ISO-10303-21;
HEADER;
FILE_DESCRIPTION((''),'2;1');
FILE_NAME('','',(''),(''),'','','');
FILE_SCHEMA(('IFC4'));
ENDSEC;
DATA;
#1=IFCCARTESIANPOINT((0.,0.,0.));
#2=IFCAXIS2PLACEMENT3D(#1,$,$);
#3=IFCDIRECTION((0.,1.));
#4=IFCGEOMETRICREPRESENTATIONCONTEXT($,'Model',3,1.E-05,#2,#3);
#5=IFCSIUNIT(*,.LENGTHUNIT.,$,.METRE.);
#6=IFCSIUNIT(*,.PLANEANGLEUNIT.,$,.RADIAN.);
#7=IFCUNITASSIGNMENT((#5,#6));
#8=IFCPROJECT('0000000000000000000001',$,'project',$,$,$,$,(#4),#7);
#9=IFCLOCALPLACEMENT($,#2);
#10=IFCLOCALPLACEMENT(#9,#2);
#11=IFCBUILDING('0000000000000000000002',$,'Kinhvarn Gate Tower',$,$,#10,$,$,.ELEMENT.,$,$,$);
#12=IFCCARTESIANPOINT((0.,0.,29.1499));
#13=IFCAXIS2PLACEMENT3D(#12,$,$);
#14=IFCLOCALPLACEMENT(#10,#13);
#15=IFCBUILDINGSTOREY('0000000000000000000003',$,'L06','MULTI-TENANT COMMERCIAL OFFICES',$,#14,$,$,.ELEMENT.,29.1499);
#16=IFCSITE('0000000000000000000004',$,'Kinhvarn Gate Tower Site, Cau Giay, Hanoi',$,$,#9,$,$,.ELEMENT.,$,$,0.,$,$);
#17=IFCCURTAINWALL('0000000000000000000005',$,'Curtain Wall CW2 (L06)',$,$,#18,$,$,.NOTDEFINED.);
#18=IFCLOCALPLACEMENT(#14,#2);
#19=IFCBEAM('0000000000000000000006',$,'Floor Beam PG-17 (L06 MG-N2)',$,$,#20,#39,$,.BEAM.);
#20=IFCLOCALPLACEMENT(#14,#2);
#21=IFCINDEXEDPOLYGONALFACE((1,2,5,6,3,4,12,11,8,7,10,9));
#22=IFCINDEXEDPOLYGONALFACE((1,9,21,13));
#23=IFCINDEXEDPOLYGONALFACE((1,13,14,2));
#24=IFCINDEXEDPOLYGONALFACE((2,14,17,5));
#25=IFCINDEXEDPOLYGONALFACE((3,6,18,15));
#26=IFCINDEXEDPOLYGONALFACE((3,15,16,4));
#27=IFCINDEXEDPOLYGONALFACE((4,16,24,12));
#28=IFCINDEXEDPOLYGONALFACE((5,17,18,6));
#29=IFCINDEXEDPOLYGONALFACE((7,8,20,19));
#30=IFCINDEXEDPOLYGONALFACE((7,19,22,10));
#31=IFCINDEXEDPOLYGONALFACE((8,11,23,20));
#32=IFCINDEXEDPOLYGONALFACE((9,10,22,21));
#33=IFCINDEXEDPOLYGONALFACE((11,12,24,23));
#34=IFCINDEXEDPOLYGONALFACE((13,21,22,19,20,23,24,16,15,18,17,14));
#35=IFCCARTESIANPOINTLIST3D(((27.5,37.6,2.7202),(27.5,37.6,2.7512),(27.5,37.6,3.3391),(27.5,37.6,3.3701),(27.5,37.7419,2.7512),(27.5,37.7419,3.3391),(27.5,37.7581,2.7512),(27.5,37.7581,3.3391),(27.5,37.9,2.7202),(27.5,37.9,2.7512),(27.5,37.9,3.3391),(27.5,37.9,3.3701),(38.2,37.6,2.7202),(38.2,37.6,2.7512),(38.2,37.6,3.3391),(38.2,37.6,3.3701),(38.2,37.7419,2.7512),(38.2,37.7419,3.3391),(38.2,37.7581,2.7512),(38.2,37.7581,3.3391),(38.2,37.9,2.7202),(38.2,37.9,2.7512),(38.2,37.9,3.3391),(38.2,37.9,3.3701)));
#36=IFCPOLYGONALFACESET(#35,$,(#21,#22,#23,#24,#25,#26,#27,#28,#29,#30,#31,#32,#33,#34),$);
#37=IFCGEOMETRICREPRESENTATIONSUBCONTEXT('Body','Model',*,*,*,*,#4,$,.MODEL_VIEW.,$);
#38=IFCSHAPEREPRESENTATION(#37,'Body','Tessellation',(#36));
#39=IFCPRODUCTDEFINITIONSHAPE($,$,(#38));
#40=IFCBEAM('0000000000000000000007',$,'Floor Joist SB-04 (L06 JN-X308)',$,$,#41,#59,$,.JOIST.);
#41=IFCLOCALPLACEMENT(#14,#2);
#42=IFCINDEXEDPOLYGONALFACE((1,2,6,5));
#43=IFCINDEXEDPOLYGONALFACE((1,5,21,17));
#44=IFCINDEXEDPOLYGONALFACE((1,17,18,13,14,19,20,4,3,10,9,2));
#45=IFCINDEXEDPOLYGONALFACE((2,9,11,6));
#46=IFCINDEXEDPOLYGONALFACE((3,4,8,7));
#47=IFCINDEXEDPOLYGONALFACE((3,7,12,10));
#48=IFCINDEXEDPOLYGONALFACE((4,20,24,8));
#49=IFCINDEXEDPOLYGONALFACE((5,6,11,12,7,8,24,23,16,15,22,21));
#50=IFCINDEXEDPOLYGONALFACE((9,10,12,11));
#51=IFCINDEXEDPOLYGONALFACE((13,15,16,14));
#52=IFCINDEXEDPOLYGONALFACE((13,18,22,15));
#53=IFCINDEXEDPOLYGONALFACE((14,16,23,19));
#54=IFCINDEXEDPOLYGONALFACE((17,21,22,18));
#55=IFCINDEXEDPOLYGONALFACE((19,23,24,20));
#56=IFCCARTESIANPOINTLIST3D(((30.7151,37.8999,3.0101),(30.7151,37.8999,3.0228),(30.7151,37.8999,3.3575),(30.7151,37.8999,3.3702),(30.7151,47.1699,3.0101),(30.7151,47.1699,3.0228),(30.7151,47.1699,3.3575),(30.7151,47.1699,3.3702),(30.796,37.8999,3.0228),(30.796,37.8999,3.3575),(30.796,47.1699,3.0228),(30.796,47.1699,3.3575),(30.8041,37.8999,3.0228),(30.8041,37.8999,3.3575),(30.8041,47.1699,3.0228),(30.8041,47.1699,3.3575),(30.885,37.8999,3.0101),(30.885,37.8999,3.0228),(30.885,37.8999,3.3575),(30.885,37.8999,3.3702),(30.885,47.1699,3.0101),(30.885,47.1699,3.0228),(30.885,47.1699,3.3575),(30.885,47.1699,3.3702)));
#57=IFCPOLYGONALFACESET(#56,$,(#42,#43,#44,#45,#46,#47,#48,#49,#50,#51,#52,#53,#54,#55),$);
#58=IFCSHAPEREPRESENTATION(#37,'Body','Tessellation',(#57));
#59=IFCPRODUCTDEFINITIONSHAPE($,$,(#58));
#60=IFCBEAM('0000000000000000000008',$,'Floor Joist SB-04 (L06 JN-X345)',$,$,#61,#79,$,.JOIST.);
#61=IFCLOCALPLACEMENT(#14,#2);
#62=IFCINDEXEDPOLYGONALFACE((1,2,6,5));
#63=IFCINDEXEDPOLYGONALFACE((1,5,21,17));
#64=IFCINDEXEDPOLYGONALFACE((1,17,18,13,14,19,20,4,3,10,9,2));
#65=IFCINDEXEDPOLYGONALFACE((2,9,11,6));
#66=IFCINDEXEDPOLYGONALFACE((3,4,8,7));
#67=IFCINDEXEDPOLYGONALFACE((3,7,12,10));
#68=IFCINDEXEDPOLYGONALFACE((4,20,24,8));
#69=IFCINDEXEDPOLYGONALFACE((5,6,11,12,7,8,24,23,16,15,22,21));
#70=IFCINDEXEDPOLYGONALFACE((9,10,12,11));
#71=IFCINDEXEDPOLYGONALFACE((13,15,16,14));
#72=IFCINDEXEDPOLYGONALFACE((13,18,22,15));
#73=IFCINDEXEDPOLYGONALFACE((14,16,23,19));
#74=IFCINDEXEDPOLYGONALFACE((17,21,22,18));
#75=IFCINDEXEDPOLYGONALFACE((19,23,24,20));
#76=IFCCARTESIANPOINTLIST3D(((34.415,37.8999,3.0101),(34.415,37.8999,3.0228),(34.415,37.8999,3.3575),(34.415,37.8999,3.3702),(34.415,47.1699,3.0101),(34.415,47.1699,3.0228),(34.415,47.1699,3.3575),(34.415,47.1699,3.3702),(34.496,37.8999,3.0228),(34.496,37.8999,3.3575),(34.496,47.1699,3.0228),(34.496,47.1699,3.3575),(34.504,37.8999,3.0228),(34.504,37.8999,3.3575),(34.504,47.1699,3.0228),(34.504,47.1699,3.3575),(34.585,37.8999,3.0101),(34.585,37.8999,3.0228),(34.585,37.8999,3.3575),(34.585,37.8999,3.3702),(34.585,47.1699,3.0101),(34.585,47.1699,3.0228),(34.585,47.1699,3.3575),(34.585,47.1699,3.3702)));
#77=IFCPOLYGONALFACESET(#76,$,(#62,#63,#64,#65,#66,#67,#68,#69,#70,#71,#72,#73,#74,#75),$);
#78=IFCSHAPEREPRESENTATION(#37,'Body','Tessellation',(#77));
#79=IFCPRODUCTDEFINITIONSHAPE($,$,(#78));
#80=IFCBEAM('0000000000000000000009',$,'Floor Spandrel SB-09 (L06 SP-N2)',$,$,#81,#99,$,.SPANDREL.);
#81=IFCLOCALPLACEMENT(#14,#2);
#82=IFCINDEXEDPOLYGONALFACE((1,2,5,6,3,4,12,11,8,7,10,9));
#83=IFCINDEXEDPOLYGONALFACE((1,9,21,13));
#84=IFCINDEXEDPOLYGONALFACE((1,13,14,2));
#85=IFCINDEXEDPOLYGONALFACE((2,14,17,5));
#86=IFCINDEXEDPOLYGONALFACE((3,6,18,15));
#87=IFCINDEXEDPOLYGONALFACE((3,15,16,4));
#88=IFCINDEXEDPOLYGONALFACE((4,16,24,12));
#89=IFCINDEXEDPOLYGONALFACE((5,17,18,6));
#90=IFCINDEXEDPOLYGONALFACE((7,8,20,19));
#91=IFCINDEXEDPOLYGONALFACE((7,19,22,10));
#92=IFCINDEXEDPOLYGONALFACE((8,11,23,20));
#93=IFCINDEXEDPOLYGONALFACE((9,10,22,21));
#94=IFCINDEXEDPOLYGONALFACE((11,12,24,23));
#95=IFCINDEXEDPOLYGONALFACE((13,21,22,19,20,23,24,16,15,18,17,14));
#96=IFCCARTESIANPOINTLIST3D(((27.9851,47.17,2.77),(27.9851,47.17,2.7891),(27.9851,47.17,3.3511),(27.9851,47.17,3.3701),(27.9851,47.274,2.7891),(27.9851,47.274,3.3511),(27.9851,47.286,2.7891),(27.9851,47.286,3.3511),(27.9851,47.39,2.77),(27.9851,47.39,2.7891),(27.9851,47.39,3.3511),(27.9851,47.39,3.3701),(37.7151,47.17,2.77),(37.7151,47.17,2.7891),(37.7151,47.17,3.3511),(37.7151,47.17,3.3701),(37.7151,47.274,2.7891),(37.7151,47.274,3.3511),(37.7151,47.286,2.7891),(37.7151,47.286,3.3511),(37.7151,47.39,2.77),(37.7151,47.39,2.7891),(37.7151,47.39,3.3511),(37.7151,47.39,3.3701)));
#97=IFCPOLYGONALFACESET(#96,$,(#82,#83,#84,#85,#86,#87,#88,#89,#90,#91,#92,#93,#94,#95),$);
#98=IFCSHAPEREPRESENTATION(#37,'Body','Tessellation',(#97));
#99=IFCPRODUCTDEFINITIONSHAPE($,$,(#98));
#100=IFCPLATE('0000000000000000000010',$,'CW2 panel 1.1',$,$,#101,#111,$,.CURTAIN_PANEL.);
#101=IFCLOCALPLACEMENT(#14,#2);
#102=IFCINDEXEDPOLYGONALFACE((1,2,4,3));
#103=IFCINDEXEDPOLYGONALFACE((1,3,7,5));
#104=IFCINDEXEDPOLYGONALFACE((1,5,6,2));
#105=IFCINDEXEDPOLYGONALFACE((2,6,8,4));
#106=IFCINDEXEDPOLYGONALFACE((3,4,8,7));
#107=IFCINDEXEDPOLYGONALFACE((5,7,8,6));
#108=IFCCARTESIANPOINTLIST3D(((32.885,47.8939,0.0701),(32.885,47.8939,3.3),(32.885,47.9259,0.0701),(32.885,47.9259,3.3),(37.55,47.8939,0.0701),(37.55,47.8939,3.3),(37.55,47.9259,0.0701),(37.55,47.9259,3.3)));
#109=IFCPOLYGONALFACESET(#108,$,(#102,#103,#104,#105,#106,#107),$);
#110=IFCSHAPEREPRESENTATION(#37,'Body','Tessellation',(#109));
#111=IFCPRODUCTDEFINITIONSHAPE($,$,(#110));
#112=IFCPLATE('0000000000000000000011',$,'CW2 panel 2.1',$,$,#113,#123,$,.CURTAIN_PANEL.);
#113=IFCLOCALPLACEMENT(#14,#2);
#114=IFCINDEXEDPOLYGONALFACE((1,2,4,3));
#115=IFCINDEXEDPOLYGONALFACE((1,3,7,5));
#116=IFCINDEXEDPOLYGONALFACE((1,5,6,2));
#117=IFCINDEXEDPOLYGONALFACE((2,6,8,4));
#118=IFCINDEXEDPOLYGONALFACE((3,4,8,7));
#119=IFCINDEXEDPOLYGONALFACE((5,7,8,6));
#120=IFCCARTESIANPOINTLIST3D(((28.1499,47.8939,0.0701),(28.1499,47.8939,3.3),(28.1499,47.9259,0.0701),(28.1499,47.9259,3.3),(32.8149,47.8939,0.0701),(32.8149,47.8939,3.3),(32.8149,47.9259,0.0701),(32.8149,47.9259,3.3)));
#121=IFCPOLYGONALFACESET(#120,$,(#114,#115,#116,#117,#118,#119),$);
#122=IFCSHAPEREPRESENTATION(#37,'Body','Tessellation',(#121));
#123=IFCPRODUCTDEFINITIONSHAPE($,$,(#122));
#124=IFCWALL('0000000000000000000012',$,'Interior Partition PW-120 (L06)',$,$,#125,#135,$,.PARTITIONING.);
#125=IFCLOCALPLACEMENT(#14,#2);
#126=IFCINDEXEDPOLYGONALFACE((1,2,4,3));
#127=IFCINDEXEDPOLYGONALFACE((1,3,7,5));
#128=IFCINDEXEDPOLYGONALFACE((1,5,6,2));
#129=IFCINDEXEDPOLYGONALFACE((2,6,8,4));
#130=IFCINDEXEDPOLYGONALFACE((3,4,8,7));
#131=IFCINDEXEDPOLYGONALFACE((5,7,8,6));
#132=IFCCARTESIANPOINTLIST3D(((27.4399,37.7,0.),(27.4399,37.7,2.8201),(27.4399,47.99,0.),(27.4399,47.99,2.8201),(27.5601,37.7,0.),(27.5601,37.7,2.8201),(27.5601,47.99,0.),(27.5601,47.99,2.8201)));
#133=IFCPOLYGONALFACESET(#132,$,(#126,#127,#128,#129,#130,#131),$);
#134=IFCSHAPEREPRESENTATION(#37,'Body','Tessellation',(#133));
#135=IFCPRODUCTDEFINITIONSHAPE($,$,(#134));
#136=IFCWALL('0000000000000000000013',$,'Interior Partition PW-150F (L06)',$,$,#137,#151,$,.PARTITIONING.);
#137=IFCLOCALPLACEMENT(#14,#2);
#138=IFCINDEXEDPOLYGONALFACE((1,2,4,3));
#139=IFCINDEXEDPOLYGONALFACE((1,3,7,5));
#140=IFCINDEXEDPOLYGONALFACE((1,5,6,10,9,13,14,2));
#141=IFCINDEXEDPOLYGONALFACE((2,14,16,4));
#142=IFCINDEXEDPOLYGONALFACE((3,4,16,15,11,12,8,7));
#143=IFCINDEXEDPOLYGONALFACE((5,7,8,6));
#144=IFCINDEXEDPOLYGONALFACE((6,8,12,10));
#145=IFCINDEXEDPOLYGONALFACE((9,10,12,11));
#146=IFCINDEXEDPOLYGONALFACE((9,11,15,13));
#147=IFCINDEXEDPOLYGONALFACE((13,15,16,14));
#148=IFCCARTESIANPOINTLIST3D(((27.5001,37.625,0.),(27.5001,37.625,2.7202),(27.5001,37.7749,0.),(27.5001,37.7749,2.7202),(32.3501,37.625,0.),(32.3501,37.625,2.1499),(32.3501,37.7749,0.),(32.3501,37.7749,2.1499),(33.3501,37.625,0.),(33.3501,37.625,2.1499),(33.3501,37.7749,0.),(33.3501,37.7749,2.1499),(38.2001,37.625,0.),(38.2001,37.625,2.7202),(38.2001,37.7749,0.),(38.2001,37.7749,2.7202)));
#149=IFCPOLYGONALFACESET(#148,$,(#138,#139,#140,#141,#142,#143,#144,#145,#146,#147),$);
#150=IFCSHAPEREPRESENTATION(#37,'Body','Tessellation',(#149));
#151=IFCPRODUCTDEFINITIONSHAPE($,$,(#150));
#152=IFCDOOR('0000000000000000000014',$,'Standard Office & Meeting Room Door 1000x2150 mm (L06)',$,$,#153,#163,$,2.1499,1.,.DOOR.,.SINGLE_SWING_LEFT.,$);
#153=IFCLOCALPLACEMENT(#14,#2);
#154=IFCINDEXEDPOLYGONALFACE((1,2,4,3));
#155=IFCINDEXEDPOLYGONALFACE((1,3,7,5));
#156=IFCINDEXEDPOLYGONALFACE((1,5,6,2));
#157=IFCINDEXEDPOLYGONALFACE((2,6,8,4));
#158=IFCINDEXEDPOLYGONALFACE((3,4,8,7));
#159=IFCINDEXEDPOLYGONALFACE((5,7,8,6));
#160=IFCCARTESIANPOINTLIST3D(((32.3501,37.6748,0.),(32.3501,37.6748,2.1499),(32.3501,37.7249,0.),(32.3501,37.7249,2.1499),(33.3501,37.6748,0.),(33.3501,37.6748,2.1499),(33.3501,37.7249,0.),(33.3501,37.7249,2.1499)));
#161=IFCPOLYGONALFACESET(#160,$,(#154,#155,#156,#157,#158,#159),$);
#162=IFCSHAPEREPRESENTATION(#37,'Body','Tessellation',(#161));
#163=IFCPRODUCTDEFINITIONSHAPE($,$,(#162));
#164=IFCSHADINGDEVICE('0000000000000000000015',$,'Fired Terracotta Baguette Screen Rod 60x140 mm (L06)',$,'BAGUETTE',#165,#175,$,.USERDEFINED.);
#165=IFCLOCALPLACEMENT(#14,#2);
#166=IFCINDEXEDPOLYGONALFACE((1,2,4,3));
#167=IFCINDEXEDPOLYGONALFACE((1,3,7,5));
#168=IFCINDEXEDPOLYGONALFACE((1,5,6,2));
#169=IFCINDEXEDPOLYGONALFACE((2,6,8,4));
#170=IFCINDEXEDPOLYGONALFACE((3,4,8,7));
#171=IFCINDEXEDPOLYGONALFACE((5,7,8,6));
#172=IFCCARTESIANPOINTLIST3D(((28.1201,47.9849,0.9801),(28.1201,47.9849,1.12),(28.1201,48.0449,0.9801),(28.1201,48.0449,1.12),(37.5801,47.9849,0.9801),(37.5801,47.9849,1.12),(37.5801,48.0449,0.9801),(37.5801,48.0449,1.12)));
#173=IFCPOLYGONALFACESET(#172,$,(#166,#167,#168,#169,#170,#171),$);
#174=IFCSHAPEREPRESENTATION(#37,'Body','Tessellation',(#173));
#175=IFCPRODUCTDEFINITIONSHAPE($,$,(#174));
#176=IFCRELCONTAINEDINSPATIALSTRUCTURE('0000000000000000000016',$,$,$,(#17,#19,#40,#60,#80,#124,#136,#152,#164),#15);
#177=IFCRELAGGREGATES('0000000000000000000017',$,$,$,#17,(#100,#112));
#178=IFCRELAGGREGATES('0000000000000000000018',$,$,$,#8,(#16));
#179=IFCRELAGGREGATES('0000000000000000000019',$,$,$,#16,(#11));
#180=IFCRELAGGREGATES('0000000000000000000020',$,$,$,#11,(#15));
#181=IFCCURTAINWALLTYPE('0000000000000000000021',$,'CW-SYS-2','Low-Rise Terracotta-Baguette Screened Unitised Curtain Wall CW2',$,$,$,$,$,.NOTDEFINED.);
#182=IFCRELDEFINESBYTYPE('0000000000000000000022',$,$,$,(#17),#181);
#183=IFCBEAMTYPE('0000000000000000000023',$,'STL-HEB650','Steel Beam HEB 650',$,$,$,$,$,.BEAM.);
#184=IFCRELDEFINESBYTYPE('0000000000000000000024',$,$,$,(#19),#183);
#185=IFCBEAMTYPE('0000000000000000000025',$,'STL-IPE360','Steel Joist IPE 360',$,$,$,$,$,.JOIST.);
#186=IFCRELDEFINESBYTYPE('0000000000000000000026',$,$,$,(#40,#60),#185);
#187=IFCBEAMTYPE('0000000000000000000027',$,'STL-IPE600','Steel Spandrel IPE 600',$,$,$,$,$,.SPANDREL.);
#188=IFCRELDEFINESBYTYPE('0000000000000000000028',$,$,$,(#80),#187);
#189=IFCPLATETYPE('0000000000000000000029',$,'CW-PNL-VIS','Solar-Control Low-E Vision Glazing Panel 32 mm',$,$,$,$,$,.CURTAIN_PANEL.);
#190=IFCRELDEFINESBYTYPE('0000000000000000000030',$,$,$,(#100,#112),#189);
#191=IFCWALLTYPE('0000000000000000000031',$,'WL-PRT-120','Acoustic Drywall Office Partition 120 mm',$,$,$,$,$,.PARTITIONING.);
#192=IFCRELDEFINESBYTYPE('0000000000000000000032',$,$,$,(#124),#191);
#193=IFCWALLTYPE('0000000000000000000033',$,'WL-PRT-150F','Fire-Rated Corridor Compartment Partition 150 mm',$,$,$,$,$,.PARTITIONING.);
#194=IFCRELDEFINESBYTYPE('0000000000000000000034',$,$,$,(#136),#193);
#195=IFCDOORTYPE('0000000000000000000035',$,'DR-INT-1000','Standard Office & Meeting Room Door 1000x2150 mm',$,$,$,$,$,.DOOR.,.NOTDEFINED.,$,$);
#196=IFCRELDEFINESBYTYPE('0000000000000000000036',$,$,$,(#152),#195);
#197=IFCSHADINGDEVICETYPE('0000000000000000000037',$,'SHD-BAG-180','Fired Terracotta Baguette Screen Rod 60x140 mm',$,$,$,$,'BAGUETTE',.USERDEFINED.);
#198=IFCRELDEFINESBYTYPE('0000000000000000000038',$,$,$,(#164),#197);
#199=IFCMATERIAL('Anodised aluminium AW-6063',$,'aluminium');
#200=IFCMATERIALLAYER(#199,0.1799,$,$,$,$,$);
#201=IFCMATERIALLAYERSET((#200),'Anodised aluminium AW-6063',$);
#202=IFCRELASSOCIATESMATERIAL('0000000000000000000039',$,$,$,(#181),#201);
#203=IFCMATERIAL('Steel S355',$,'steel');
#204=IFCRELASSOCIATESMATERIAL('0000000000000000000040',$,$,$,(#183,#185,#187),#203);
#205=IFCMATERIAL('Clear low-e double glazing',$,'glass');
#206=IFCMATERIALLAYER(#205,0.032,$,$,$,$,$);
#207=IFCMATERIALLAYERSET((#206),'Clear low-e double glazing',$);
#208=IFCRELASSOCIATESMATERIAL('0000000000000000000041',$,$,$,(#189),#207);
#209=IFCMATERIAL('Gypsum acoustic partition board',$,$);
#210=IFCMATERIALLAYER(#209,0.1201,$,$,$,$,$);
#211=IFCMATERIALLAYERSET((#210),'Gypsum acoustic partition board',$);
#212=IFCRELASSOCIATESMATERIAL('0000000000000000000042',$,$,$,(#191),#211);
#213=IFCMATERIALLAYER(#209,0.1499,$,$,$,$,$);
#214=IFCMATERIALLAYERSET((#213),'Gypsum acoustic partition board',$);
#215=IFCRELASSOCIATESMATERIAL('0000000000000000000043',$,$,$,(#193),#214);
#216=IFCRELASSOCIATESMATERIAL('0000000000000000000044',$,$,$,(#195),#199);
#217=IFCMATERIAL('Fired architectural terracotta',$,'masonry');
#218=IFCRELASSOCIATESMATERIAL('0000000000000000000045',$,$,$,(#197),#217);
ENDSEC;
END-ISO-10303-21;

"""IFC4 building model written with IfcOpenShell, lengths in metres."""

from ifc_helpers import new_model, si_unit, direction, frame, frame_2d, origin, origin_2d, place, context, subcontext, project, spatial, rectangle, i_section, extrude, material, layer, layer_set, material_profile, profile_set, type_object, element, fill, aggregate, save


model = new_model("IFC4")

# Units and contexts
model_context = context("Model", 3, precision=1e-05, world=origin(), true_north=direction((0.0, 1.0)))
body_context = subcontext(model_context, "Body", "Model", "MODEL_VIEW")
ifc_project = project(units=[si_unit("LENGTHUNIT", "METRE"), si_unit("PLANEANGLEUNIT", "RADIAN")], contexts=[model_context])

# Site, building, storey
site_placement = place(None, origin())
site = spatial("IfcSite", under=ifc_project, at=site_placement, Name="Kinhvarn Gate Tower Site, Cau Giay, Hanoi", CompositionType="ELEMENT", RefElevation=0.0)
building_placement = place(site_placement, origin())
building = spatial("IfcBuilding", under=site, at=building_placement, Name="Kinhvarn Gate Tower", CompositionType="ELEMENT")
storey_placement = place(building_placement, frame((0.0, 0.0, 29.1499)))
storey = spatial("IfcBuildingStorey", under=building, at=storey_placement, Name="L06", Description="MULTI-TENANT COMMERCIAL OFFICES", CompositionType="ELEMENT", Elevation=29.1499)

# Curtain wall
ifc_material_1 = material(Name="Anodised aluminium AW-6063", Category="aluminium")
ifc_layer_1 = layer(ifc_material_1, 0.1799)
ifc_layer_set_1 = layer_set([ifc_layer_1], Name="Anodised aluminium AW-6063")
curtain_wall_type = type_object("IfcCurtainWallType", Name="CW-SYS-2", Description="Low-Rise Terracotta-Baguette Screened Unitised Curtain Wall CW2", PredefinedType="NOTDEFINED", material=ifc_layer_set_1)
curtain_wall_1_placement = place(storey_placement, origin())
curtain_wall_1 = element("IfcCurtainWall", 1, at=curtain_wall_1_placement, inside=storey, type_object=curtain_wall_type, Name="Curtain Wall CW2 (L06)", PredefinedType="NOTDEFINED")

# Beams
ifc_material_2 = material(Name="Steel S355", Category="steel")
ifc_material_profile_1 = material_profile(ifc_material_2, i_section(OverallWidth=0.3, OverallDepth=0.6499, WebThickness=0.0161, FlangeThickness=0.031, at=origin_2d()), Name="HEB 650")
ifc_profile_set_1 = profile_set([ifc_material_profile_1], Name="Steel S355")
beam_type_1 = type_object("IfcBeamType", Name="STL-HEB650", Description="Steel Beam HEB 650", PredefinedType="BEAM", material=ifc_profile_set_1)
beam_1_placement = place(storey_placement, frame((27.5, 37.75, 3.0452), z_axis=(1.0, 0.0, 0.0), x_axis=(0.0, 1.0, 0.0)))
element("IfcBeam", 2, at=beam_1_placement, inside=storey, type_object=beam_type_1, Name="Floor Beam PG-17 (L06 MG-N2)", PredefinedType="BEAM", context=body_context, shape_type="SweptSolid", body=[
    extrude(i_section(OverallWidth=0.3, OverallDepth=0.6499, WebThickness=0.0161, FlangeThickness=0.031, at=origin_2d()), origin(), (0.0, 0.0, 1.0), 10.7),
])
ifc_material_profile_2 = material_profile(ifc_material_2, i_section(OverallWidth=0.1699, OverallDepth=0.3601, WebThickness=0.0081, FlangeThickness=0.0127, at=origin_2d()), Name="IPE 360")
ifc_profile_set_2 = profile_set([ifc_material_profile_2], Name="Steel S355")
beam_type_2 = type_object("IfcBeamType", Name="STL-IPE360", Description="Steel Joist IPE 360", PredefinedType="JOIST", material=ifc_profile_set_2)
for number, where, z_axis, x_axis, name in (
    (3, (30.8, 37.8999, 3.1902), (0.0, 1.0, 0.0), (-1.0, 0.0, 0.0), "Floor Joist SB-04 (L06 JN-X308)"),
    (4, (34.5, 37.8999, 3.1902), (0.0, 1.0, 0.0), (-1.0, 0.0, 0.0), "Floor Joist SB-04 (L06 JN-X345)"),
):
    element("IfcBeam", number, at=place(storey_placement, frame(where, z_axis=z_axis, x_axis=x_axis)), inside=storey, type_object=beam_type_2, Name=name, PredefinedType="JOIST", context=body_context, shape_type="SweptSolid", body=[
        extrude(i_section(OverallWidth=0.1699, OverallDepth=0.3601, WebThickness=0.0081, FlangeThickness=0.0127, at=origin_2d()), origin(), (0.0, 0.0, 1.0), 9.27),
    ])
ifc_material_profile_3 = material_profile(ifc_material_2, i_section(OverallWidth=0.22, OverallDepth=0.6001, WebThickness=0.012, FlangeThickness=0.019, at=origin_2d()), Name="IPE 600")
ifc_profile_set_3 = profile_set([ifc_material_profile_3], Name="Steel S355")
beam_type_3 = type_object("IfcBeamType", Name="STL-IPE600", Description="Steel Spandrel IPE 600", PredefinedType="SPANDREL", material=ifc_profile_set_3)
beam_2_placement = place(storey_placement, frame((27.9851, 47.28, 3.0701), z_axis=(1.0, 0.0, 0.0), x_axis=(0.0, 1.0, 0.0)))
element("IfcBeam", 5, at=beam_2_placement, inside=storey, type_object=beam_type_3, Name="Floor Spandrel SB-09 (L06 SP-N2)", PredefinedType="SPANDREL", context=body_context, shape_type="SweptSolid", body=[
    extrude(i_section(OverallWidth=0.22, OverallDepth=0.6001, WebThickness=0.012, FlangeThickness=0.019, at=origin_2d()), origin(), (0.0, 0.0, 1.0), 9.73),
])

# Plates
ifc_material_3 = material(Name="Clear low-e double glazing", Category="glass")
ifc_layer_2 = layer(ifc_material_3, 0.032)
ifc_layer_set_2 = layer_set([ifc_layer_2], Name="Clear low-e double glazing")
plate_type = type_object("IfcPlateType", Name="CW-PNL-VIS", Description="Solar-Control Low-E Vision Glazing Panel 32 mm", PredefinedType="CURTAIN_PANEL", material=ifc_layer_set_2)
plate_1_placement = place(storey_placement, frame((35.2175, 47.9099, 0.0701), z_axis=(0.0, 0.0, 1.0), x_axis=(-1.0, 0.0, 0.0)))
plate_1 = element("IfcPlate", 6, at=plate_1_placement, type_object=plate_type, Name="CW2 panel 1.1", PredefinedType="CURTAIN_PANEL", context=body_context, shape_type="SweptSolid", body=[
    extrude(rectangle(XDim=4.665, YDim=0.032, at=origin_2d()), origin(), (0.0, 0.0, 1.0), 3.23),
])
plate_2_placement = place(storey_placement, frame((30.4824, 47.9099, 0.0701), z_axis=(0.0, 0.0, 1.0), x_axis=(-1.0, 0.0, 0.0)))
plate_2 = element("IfcPlate", 7, at=plate_2_placement, type_object=plate_type, Name="CW2 panel 2.1", PredefinedType="CURTAIN_PANEL", context=body_context, shape_type="SweptSolid", body=[
    extrude(rectangle(XDim=4.665, YDim=0.032, at=origin_2d()), origin(), (0.0, 0.0, 1.0), 3.23),
])
aggregate(curtain_wall_1, [plate_1, plate_2])

# Wall
ifc_material_4 = material(Name="Gypsum acoustic partition board")
ifc_layer_3 = layer(ifc_material_4, 0.1201)
ifc_layer_set_3 = layer_set([ifc_layer_3], Name="Gypsum acoustic partition board")
wall_type_1 = type_object("IfcWallType", Name="WL-PRT-120", Description="Acoustic Drywall Office Partition 120 mm", PredefinedType="PARTITIONING", material=ifc_layer_set_3)
wall_1_placement = place(storey_placement, frame((27.5, 37.7, 0.0), z_axis=(0.0, 0.0, 1.0), x_axis=(0.0, 1.0, 0.0)))
element("IfcWall", 8, at=wall_1_placement, inside=storey, type_object=wall_type_1, Name="Interior Partition PW-120 (L06)", PredefinedType="PARTITIONING", context=body_context, shape_type="SweptSolid", body=[
    extrude(rectangle(XDim=10.29, YDim=0.1201, at=frame_2d((5.145, 0.0))), origin(), (0.0, 0.0, 1.0), 2.8201),
])

# Wall, opening, door
ifc_layer_4 = layer(ifc_material_4, 0.1499)
ifc_layer_set_4 = layer_set([ifc_layer_4], Name="Gypsum acoustic partition board")
wall_type_2 = type_object("IfcWallType", Name="WL-PRT-150F", Description="Fire-Rated Corridor Compartment Partition 150 mm", PredefinedType="PARTITIONING", material=ifc_layer_set_4)
wall_2_placement = place(storey_placement, frame((27.5, 37.7, 0.0), z_axis=(0.0, 0.0, 1.0), x_axis=(1.0, 0.0, 0.0)))
wall_2 = element("IfcWall", 9, at=wall_2_placement, inside=storey, type_object=wall_type_2, Name="Interior Partition PW-150F (L06)", PredefinedType="PARTITIONING", context=body_context, shape_type="SweptSolid", body=[
    extrude(rectangle(XDim=10.7, YDim=0.1499, at=frame_2d((5.3501, 0.0))), origin(), (0.0, 0.0, 1.0), 2.7202),
])
opening_placement = place(wall_2_placement, frame((4.8501, 0.0, 0.0)))
opening = element("IfcOpeningElement", 10, at=opening_placement, cuts=wall_2, PredefinedType="OPENING", context=body_context, shape_type="SweptSolid", body=[
    extrude(rectangle(XDim=1.0, YDim=2.1499, at=frame_2d((0.5, 1.075))), frame((0.0, 0.085, 0.0), z_axis=(0.0, -1.0, 0.0), x_axis=(1.0, 0.0, 0.0)), (0.0, 0.0, 1.0), 0.1699),
])
door_type = type_object("IfcDoorType", Name="DR-INT-1000", Description="Standard Office & Meeting Room Door 1000x2150 mm", OperationType="NOTDEFINED", PredefinedType="DOOR", material=ifc_material_1)
door_placement = place(opening_placement, origin())
door = element("IfcDoor", 11, at=door_placement, inside=storey, type_object=door_type, Name="Standard Office & Meeting Room Door 1000x2150 mm (L06)", OperationType="SINGLE_SWING_LEFT", OverallHeight=2.1499, OverallWidth=1.0, PredefinedType="DOOR", context=body_context, shape_type="SweptSolid", body=[
    extrude(rectangle(XDim=1.0, YDim=2.1499, at=frame_2d((0.5, 1.075))), frame((0.0, 0.0249, 0.0), z_axis=(0.0, -1.0, 0.0), x_axis=(1.0, 0.0, 0.0)), (0.0, 0.0, 1.0), 0.05),
])
fill(opening, door)

# Shading device
ifc_material_5 = material(Name="Fired architectural terracotta", Category="masonry")
ifc_material_profile_4 = material_profile(ifc_material_5, rectangle(XDim=0.0601, YDim=0.1399, at=origin_2d()), Name="TC 60x140")
ifc_profile_set_4 = profile_set([ifc_material_profile_4], Name="Fired architectural terracotta")
shading_device_type = type_object("IfcShadingDeviceType", Name="SHD-BAG-180", Description="Fired Terracotta Baguette Screen Rod 60x140 mm", ElementType="BAGUETTE", PredefinedType="USERDEFINED", material=ifc_profile_set_4)
for number, where, z_axis, x_axis, name in (
    (12, (37.5801, 48.0149, 1.05), (-1.0, 0.0, 0.0), (0.0, -1.0, 0.0), "Fired Terracotta Baguette Screen Rod 60x140 mm (L06)"),
):
    element("IfcShadingDevice", number, at=place(storey_placement, frame(where, z_axis=z_axis, x_axis=x_axis)), inside=storey, type_object=shading_device_type, Name=name, ObjectType="BAGUETTE", PredefinedType="USERDEFINED", context=body_context, shape_type="SweptSolid", body=[
        extrude(rectangle(XDim=0.0601, YDim=0.1399, at=origin_2d()), origin(), (0.0, 0.0, 1.0), 9.46),
    ])

save(model, "model.ifc")
